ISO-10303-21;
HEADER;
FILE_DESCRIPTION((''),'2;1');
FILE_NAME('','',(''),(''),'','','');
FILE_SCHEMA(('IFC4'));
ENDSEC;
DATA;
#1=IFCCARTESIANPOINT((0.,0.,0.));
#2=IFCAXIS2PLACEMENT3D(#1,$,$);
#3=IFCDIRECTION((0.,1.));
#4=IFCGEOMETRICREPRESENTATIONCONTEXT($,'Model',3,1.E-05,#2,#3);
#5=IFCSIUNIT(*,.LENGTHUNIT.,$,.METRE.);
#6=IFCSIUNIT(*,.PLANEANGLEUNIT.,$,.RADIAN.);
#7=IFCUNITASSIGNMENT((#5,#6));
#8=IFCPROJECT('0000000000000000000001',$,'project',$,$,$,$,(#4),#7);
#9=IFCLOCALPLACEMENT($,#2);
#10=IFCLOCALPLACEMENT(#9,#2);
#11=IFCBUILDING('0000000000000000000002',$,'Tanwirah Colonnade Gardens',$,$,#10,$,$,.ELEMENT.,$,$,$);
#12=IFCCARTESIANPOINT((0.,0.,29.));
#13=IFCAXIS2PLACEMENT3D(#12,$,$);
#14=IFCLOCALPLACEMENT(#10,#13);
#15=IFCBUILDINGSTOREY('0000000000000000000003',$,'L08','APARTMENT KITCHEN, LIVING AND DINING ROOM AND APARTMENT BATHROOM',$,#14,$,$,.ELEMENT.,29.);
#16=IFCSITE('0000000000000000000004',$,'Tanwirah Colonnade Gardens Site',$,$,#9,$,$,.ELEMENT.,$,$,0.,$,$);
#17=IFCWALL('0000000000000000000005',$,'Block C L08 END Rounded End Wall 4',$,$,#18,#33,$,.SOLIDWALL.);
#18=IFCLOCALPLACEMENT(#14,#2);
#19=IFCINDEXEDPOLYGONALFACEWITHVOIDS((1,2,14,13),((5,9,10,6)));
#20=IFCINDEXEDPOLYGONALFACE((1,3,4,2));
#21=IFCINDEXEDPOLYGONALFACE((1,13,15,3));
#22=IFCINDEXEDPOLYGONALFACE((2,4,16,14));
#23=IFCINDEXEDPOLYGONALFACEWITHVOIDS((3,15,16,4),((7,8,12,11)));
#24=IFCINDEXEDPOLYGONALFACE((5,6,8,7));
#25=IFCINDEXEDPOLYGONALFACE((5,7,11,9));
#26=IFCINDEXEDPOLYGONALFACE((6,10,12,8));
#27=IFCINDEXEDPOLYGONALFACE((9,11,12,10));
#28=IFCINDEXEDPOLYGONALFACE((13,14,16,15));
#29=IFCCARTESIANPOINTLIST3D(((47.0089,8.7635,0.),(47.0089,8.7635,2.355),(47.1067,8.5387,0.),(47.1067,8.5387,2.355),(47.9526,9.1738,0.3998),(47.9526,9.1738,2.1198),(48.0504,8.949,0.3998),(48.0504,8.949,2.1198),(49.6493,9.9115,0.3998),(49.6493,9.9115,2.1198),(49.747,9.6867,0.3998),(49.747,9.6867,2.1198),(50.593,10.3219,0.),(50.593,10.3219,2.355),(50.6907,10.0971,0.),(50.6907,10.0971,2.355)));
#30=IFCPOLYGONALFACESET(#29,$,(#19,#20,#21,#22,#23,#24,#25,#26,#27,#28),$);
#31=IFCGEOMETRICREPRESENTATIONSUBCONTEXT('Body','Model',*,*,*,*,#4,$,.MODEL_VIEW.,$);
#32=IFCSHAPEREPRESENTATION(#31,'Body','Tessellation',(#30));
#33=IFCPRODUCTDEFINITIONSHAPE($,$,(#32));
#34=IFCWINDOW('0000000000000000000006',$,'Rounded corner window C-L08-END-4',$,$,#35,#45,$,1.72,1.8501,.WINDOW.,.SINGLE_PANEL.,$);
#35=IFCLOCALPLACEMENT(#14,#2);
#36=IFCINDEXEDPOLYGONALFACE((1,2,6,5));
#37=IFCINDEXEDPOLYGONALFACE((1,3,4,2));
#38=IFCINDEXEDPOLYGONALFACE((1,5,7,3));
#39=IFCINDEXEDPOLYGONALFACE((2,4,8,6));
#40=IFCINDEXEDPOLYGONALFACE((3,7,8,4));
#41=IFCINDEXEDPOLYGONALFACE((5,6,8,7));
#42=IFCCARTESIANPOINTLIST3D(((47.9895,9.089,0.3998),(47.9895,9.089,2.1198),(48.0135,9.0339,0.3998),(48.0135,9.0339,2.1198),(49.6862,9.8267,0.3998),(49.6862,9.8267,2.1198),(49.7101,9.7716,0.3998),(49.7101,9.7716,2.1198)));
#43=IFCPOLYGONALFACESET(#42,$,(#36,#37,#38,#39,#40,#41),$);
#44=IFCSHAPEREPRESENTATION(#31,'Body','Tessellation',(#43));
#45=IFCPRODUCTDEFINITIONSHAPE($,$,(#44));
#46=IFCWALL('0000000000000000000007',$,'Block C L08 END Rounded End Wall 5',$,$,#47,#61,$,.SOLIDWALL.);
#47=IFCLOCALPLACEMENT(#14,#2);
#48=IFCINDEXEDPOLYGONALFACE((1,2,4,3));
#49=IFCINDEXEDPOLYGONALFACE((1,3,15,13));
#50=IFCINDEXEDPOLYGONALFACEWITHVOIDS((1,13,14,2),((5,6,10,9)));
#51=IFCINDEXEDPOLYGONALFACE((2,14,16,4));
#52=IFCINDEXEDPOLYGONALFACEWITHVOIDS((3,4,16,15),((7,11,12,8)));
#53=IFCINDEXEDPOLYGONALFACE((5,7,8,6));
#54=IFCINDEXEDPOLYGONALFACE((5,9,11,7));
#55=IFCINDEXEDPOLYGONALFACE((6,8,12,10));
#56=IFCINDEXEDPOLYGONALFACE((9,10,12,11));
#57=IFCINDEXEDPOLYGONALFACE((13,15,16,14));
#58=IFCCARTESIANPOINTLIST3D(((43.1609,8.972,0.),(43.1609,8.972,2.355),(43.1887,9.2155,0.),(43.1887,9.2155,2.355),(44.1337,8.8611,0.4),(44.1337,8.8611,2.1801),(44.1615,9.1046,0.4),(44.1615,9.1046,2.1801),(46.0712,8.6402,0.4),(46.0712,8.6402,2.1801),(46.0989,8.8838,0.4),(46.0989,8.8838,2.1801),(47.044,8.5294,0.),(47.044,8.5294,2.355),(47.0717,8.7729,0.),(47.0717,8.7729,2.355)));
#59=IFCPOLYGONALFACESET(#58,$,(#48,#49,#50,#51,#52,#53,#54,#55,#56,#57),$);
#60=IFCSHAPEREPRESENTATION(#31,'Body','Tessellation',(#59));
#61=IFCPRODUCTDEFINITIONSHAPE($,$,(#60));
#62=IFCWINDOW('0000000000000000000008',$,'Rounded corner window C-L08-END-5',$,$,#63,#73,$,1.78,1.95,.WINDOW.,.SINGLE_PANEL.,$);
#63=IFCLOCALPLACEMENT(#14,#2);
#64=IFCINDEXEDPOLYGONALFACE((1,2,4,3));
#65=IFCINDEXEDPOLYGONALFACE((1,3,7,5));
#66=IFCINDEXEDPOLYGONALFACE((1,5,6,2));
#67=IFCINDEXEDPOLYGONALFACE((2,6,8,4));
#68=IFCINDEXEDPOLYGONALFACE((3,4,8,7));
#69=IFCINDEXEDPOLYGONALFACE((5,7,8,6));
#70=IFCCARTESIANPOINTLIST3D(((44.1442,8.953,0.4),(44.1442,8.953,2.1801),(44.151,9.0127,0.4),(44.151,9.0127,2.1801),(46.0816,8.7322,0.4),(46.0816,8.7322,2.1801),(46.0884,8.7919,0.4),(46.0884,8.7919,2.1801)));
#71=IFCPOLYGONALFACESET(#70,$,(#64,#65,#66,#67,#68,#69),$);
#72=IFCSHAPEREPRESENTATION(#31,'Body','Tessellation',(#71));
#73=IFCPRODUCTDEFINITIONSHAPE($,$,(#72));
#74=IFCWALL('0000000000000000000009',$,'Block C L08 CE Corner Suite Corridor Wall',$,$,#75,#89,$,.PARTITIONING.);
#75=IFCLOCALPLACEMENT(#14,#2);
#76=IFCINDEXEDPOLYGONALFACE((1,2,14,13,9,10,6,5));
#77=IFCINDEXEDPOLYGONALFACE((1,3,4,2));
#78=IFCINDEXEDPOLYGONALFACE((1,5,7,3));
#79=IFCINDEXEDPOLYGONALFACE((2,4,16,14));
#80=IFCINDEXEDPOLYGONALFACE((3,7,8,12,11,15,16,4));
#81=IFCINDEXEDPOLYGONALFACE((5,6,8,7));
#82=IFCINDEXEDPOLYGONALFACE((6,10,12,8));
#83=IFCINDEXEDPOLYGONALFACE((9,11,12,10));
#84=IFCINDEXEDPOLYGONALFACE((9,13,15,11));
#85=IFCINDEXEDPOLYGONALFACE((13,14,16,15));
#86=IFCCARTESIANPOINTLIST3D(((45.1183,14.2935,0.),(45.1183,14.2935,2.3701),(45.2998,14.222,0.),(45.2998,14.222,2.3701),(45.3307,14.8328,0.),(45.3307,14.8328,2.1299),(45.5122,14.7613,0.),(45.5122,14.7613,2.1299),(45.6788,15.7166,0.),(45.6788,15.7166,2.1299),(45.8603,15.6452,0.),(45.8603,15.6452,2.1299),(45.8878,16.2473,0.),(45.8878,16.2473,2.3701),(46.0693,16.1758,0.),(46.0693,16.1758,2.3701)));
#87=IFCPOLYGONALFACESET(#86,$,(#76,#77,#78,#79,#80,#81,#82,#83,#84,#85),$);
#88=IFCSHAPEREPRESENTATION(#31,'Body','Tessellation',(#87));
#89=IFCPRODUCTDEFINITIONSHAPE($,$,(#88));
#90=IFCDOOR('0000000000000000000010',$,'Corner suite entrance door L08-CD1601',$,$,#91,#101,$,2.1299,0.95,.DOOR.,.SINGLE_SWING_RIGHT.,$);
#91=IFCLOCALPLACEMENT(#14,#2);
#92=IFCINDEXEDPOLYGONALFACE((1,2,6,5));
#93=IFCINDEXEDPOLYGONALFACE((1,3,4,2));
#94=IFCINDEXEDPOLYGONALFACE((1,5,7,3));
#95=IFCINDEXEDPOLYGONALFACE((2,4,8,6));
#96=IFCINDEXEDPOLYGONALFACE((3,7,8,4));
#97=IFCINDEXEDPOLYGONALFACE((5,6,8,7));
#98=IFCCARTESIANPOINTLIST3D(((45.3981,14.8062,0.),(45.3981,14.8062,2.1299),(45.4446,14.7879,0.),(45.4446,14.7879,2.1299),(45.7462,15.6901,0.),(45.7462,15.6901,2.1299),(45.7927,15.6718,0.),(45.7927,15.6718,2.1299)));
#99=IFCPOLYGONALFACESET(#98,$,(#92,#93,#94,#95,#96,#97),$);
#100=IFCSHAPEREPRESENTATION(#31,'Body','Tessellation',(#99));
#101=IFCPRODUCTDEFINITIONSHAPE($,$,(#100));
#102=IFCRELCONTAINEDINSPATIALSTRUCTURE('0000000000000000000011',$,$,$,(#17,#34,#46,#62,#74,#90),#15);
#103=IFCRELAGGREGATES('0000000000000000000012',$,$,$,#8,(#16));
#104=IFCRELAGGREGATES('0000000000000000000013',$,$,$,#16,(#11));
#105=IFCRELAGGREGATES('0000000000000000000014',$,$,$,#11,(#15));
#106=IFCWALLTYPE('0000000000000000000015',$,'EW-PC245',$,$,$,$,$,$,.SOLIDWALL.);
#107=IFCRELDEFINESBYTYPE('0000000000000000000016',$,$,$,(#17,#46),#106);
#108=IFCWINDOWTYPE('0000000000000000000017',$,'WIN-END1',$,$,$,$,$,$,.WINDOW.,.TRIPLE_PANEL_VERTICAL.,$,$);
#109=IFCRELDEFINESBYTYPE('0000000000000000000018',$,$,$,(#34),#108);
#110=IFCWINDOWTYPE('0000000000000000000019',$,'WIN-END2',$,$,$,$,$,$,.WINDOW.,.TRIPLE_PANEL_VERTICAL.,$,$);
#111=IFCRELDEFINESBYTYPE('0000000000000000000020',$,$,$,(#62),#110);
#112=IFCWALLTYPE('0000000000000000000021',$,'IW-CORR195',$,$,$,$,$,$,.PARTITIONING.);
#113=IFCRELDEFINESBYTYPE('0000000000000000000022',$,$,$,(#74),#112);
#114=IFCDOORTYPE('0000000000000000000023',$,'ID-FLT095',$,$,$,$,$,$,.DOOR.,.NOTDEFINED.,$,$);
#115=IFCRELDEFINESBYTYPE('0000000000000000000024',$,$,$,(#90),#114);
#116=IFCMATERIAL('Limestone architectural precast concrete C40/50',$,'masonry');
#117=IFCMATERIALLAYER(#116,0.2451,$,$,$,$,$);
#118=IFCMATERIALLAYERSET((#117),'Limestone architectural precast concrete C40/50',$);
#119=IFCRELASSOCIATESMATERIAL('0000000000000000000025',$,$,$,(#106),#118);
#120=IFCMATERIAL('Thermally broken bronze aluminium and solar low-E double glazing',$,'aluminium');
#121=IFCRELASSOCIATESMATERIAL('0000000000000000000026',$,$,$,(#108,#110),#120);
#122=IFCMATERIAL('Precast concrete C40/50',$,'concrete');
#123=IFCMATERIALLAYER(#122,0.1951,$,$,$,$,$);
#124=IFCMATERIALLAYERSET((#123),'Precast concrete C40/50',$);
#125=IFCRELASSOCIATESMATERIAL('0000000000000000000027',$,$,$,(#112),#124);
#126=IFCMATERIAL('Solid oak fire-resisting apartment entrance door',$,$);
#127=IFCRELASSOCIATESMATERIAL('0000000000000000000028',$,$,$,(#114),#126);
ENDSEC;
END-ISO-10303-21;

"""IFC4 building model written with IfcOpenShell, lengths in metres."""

from ifc_helpers import new_model, si_unit, direction, frame, frame_2d, origin, place, context, subcontext, project, spatial, rectangle, extrude, material, layer, layer_set, type_object, element, fill, save


model = new_model("IFC4")

# Units and contexts
model_context = context("Model", 3, precision=1e-05, world=origin(), true_north=direction((0.0, 1.0)))
body_context = subcontext(model_context, "Body", "Model", "MODEL_VIEW")
ifc_project = project(units=[si_unit("LENGTHUNIT", "METRE"), si_unit("PLANEANGLEUNIT", "RADIAN")], contexts=[model_context])

# Site, building, storey
site_placement = place(None, origin())
site = spatial("IfcSite", under=ifc_project, at=site_placement, Name="Tanwirah Colonnade Gardens Site", CompositionType="ELEMENT", RefElevation=0.0)
building_placement = place(site_placement, origin())
building = spatial("IfcBuilding", under=site, at=building_placement, Name="Tanwirah Colonnade Gardens", CompositionType="ELEMENT")
storey_placement = place(building_placement, frame((0.0, 0.0, 29.0)))
storey = spatial("IfcBuildingStorey", under=building, at=storey_placement, Name="L08", Description="APARTMENT KITCHEN, LIVING AND DINING ROOM AND APARTMENT BATHROOM", CompositionType="ELEMENT", Elevation=29.0)

# Shared definitions
ifc_material_1 = material(Name="Precast concrete C40/50", Category="concrete")

# Walls, openings, windows
ifc_material_2 = material(Name="Limestone architectural precast concrete C40/50", Category="masonry")
ifc_layer_1 = layer(ifc_material_2, 0.2451)
ifc_layer_set_1 = layer_set([ifc_layer_1], Name="Limestone architectural precast concrete C40/50")
wall_type_1 = type_object("IfcWallType", Name="EW-PC245", PredefinedType="SOLIDWALL", material=ifc_layer_set_1)
wall_1_placement = place(storey_placement, frame((50.6418, 10.2095, 0.0), z_axis=(0.0, 0.0, 1.0), x_axis=(-0.917061, -0.398747, 0.0)))
wall_1 = element("IfcWall", 1, at=wall_1_placement, inside=storey, type_object=wall_type_1, Name="Block C L08 END Rounded End Wall 4", PredefinedType="SOLIDWALL", context=body_context, shape_type="SweptSolid", body=[
    extrude(rectangle(XDim=3.9082, YDim=0.2451, at=frame_2d((1.9541, 0.0))), origin(), (0.0, 0.0, 1.0), 2.355),
])
opening_1_placement = place(wall_1_placement, frame((1.0291, 0.0, 0.3999)))
opening_1 = element("IfcOpeningElement", 2, at=opening_1_placement, cuts=wall_1, PredefinedType="OPENING", context=body_context, shape_type="SweptSolid", body=[
    extrude(rectangle(XDim=1.8501, YDim=1.72, at=frame_2d((0.925, 0.8599))), frame((0.0, 0.1326, 0.0), z_axis=(0.0, -1.0, 0.0), x_axis=(1.0, 0.0, 0.0)), (0.0, 0.0, 1.0), 0.2651),
])
ifc_material_3 = material(Name="Thermally broken bronze aluminium and solar low-E double glazing", Category="aluminium")
window_type_1 = type_object("IfcWindowType", Name="WIN-END1", PartitioningType="TRIPLE_PANEL_VERTICAL", PredefinedType="WINDOW", material=ifc_material_3)
window_1_placement = place(opening_1_placement, origin())
window_1 = element("IfcWindow", 3, at=window_1_placement, inside=storey, type_object=window_type_1, Name="Rounded corner window C-L08-END-4", OverallHeight=1.72, OverallWidth=1.8501, PartitioningType="SINGLE_PANEL", PredefinedType="WINDOW", context=body_context, shape_type="SweptSolid", body=[
    extrude(rectangle(XDim=1.8501, YDim=1.72, at=frame_2d((0.925, 0.8599))), frame((0.0, 0.03, 0.0), z_axis=(0.0, -1.0, 0.0), x_axis=(1.0, 0.0, 0.0)), (0.0, 0.0, 1.0), 0.0601),
])
fill(opening_1, window_1)
wall_2_placement = place(storey_placement, frame((47.0579, 8.6511, 0.0), z_axis=(0.0, 0.0, 1.0), x_axis=(-0.993566, 0.113256, 0.0)))
wall_2 = element("IfcWall", 4, at=wall_2_placement, inside=storey, type_object=wall_type_1, Name="Block C L08 END Rounded End Wall 5", PredefinedType="SOLIDWALL", context=body_context, shape_type="SweptSolid", body=[
    extrude(rectangle(XDim=3.9082, YDim=0.2451, at=frame_2d((1.9541, 0.0))), origin(), (0.0, 0.0, 1.0), 2.355),
])
opening_2_placement = place(wall_2_placement, frame((0.979, 0.0, 0.3999)))
opening_2 = element("IfcOpeningElement", 5, at=opening_2_placement, cuts=wall_2, PredefinedType="OPENING", context=body_context, shape_type="SweptSolid", body=[
    extrude(rectangle(XDim=1.95, YDim=1.78, at=frame_2d((0.9751, 0.8901))), frame((0.0, 0.1326, 0.0), z_axis=(0.0, -1.0, 0.0), x_axis=(1.0, 0.0, 0.0)), (0.0, 0.0, 1.0), 0.2651),
])
window_type_2 = type_object("IfcWindowType", Name="WIN-END2", PartitioningType="TRIPLE_PANEL_VERTICAL", PredefinedType="WINDOW", material=ifc_material_3)
window_2_placement = place(opening_2_placement, origin())
window_2 = element("IfcWindow", 6, at=window_2_placement, inside=storey, type_object=window_type_2, Name="Rounded corner window C-L08-END-5", OverallHeight=1.78, OverallWidth=1.95, PartitioningType="SINGLE_PANEL", PredefinedType="WINDOW", context=body_context, shape_type="SweptSolid", body=[
    extrude(rectangle(XDim=1.95, YDim=1.78, at=frame_2d((0.9751, 0.8901))), frame((0.0, 0.03, 0.0), z_axis=(0.0, -1.0, 0.0), x_axis=(1.0, 0.0, 0.0)), (0.0, 0.0, 1.0), 0.0601),
])
fill(opening_2, window_2)

# Wall, opening, door
ifc_layer_2 = layer(ifc_material_1, 0.1951)
ifc_layer_set_2 = layer_set([ifc_layer_2], Name="Precast concrete C40/50")
wall_type_2 = type_object("IfcWallType", Name="IW-CORR195", PredefinedType="PARTITIONING", material=ifc_layer_set_2)
ifc_material_4 = material(Name="Solid oak fire-resisting apartment entrance door")
wall_3_placement = place(storey_placement, frame((45.9785, 16.2114, 0.0), z_axis=(0.0, 0.0, 1.0), x_axis=(-0.366454, -0.930436, 0.0)))
wall_3 = element("IfcWall", 7, at=wall_3_placement, inside=storey, type_object=wall_type_2, Name="Block C L08 CE Corner Suite Corridor Wall", PredefinedType="PARTITIONING", context=body_context, shape_type="SweptSolid", body=[
    extrude(rectangle(XDim=2.0999, YDim=0.1951, at=frame_2d((1.0498, 0.0))), origin(), (0.0, 0.0, 1.0), 2.3701),
])
opening_3_placement = place(wall_3_placement, frame((0.5701, 0.0, 0.0)))
opening_3 = element("IfcOpeningElement", 8, at=opening_3_placement, cuts=wall_3, PredefinedType="OPENING", context=body_context, shape_type="SweptSolid", body=[
    extrude(rectangle(XDim=0.95, YDim=2.1299, at=frame_2d((0.4751, 1.0649))), frame((0.0, 0.1074, 0.0), z_axis=(0.0, -1.0, 0.0), x_axis=(1.0, 0.0, 0.0)), (0.0, 0.0, 1.0), 0.2151),
])
door_type_1 = type_object("IfcDoorType", Name="ID-FLT095", OperationType="NOTDEFINED", PredefinedType="DOOR", material=ifc_material_4)
door_1_placement = place(opening_3_placement, origin())
door_1 = element("IfcDoor", 9, at=door_1_placement, inside=storey, type_object=door_type_1, Name="Corner suite entrance door L08-CD1601", OperationType="SINGLE_SWING_RIGHT", OverallHeight=2.1299, OverallWidth=0.95, PredefinedType="DOOR", context=body_context, shape_type="SweptSolid", body=[
    extrude(rectangle(XDim=0.95, YDim=2.1299, at=frame_2d((0.4751, 1.0649))), frame((0.0, 0.0249, 0.0), z_axis=(0.0, -1.0, 0.0), x_axis=(1.0, 0.0, 0.0)), (0.0, 0.0, 1.0), 0.05),
])
fill(opening_3, door_1)

save(model, "model.ifc")
